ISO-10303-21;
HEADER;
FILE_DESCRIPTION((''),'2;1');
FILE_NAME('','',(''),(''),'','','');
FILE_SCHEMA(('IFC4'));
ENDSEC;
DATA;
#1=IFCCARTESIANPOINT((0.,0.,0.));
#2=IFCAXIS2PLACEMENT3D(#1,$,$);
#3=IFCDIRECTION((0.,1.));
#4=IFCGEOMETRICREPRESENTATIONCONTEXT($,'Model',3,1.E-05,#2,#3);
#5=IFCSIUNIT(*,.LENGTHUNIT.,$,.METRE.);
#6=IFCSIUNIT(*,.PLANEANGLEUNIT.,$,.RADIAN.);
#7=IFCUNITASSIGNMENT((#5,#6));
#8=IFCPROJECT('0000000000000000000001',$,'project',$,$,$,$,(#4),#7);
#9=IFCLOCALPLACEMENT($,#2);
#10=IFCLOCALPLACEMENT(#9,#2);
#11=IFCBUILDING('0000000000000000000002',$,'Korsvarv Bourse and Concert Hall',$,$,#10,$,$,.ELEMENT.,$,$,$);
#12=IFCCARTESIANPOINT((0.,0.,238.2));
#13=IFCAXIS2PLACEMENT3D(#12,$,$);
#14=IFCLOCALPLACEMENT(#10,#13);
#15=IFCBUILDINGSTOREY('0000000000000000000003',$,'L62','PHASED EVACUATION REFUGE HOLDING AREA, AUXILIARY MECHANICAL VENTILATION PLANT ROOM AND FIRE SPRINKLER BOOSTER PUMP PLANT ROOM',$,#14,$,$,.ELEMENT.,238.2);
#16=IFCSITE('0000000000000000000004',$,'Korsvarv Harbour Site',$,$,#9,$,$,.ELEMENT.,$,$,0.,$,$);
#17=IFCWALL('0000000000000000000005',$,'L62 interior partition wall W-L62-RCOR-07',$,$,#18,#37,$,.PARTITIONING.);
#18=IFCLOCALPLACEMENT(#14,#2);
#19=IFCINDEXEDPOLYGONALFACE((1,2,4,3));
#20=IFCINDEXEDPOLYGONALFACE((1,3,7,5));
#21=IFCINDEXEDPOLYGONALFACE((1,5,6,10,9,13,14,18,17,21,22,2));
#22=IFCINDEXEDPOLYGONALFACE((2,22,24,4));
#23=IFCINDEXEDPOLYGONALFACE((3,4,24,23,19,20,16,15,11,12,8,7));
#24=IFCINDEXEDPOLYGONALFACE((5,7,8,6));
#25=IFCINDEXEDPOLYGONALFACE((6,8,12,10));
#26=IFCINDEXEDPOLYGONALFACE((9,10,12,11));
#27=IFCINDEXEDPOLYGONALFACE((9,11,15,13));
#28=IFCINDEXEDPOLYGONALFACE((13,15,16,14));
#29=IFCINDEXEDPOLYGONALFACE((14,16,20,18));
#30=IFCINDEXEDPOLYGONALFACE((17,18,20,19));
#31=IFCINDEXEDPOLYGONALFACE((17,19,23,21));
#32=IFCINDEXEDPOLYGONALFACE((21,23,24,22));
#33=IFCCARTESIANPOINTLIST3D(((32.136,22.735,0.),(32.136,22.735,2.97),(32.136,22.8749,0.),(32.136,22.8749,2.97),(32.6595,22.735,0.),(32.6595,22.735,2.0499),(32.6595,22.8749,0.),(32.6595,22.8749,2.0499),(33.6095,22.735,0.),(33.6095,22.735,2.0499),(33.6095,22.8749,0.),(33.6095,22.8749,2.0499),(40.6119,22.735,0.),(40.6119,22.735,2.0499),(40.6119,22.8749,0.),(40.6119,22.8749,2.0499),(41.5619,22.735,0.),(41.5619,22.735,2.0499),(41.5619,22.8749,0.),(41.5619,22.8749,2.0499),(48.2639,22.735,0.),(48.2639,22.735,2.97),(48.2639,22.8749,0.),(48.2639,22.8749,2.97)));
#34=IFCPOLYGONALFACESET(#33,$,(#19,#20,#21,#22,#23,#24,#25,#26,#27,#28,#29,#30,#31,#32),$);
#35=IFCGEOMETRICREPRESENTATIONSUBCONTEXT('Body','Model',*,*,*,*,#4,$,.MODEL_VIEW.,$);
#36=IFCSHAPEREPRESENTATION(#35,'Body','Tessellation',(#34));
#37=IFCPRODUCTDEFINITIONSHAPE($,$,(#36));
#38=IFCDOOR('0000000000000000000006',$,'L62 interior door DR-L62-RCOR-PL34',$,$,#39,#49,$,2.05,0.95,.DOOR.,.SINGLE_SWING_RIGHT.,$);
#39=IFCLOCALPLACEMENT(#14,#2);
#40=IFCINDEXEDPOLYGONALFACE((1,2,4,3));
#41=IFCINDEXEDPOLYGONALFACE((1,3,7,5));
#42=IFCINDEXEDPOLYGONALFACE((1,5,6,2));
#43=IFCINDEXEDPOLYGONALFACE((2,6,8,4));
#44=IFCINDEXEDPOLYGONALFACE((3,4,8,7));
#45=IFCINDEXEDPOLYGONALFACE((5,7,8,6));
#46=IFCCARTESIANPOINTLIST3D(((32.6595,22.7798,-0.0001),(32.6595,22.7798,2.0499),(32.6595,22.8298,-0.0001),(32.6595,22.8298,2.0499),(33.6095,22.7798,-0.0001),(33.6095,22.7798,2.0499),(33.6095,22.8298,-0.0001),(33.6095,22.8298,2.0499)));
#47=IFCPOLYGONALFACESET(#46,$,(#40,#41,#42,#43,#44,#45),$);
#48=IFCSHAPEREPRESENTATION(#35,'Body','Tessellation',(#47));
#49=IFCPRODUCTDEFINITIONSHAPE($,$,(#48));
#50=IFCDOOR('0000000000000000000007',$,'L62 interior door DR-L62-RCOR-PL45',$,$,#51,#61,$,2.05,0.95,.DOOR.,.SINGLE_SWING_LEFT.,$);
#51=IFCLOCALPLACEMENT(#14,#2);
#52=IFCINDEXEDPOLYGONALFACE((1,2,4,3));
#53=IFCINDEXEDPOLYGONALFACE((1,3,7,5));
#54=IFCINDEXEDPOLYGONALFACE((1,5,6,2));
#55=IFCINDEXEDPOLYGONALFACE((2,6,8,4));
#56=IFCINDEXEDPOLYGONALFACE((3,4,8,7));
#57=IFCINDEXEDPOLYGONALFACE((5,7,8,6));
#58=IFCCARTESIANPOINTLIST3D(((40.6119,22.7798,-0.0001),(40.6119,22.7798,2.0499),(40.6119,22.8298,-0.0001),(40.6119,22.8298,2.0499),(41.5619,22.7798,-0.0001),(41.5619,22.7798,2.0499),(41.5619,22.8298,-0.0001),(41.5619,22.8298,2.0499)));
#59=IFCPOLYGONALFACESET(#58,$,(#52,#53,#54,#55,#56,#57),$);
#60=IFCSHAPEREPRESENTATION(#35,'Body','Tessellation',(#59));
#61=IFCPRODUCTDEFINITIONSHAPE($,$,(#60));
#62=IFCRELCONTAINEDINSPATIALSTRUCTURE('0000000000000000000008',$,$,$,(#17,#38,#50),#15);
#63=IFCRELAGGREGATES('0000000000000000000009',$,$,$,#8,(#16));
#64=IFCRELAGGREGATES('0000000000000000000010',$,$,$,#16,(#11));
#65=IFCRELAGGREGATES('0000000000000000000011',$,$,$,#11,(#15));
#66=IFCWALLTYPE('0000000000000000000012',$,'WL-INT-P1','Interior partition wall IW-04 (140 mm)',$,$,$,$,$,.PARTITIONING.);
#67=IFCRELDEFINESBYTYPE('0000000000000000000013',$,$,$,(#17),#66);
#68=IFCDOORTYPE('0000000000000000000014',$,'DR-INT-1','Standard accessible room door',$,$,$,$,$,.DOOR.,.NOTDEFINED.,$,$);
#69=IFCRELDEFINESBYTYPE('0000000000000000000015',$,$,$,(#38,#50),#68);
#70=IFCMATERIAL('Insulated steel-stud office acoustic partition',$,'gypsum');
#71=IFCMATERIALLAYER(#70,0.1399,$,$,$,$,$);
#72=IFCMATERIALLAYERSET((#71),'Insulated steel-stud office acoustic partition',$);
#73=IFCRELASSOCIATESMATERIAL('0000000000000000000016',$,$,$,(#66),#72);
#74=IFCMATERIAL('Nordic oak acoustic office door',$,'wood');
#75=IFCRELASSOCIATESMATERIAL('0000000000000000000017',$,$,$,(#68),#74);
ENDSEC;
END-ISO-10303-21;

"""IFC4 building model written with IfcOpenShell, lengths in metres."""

from ifc_helpers import new_model, si_unit, direction, frame, frame_2d, origin, place, context, subcontext, project, spatial, rectangle, extrude, material, layer, layer_set, type_object, element, fill, save


model = new_model("IFC4")

# Units and contexts
model_context = context("Model", 3, precision=1e-05, world=origin(), true_north=direction((0.0, 1.0)))
body_context = subcontext(model_context, "Body", "Model", "MODEL_VIEW")
ifc_project = project(units=[si_unit("LENGTHUNIT", "METRE"), si_unit("PLANEANGLEUNIT", "RADIAN")], contexts=[model_context])

# Site, building, storey
site_placement = place(None, origin())
site = spatial("IfcSite", under=ifc_project, at=site_placement, Name="Korsvarv Harbour Site", CompositionType="ELEMENT", RefElevation=0.0)
building_placement = place(site_placement, origin())
building = spatial("IfcBuilding", under=site, at=building_placement, Name="Korsvarv Bourse and Concert Hall", CompositionType="ELEMENT")
storey_placement = place(building_placement, frame((0.0, 0.0, 238.2)))
storey = spatial("IfcBuildingStorey", under=building, at=storey_placement, Name="L62", Description="PHASED EVACUATION REFUGE HOLDING AREA, AUXILIARY MECHANICAL VENTILATION PLANT ROOM AND FIRE SPRINKLER BOOSTER PUMP PLANT ROOM", CompositionType="ELEMENT", Elevation=238.2)

# Shared definitions
ifc_material_1 = material(Name="Insulated steel-stud office acoustic partition", Category="gypsum")
ifc_layer_1 = layer(ifc_material_1, 0.1399)
ifc_layer_set_1 = layer_set([ifc_layer_1], Name="Insulated steel-stud office acoustic partition")
wall_type_1 = type_object("IfcWallType", Name="WL-INT-P1", Description="Interior partition wall IW-04 (140 mm)", PredefinedType="PARTITIONING", material=ifc_layer_set_1)

# Wall, openings, doors
wall_1_placement = place(storey_placement, frame((32.136, 22.8049, 0.0), z_axis=(0.0, 0.0, 1.0), x_axis=(1.0, 0.0, 0.0)))
wall_1 = element("IfcWall", 1, at=wall_1_placement, inside=storey, type_object=wall_type_1, Name="L62 interior partition wall W-L62-RCOR-07", PredefinedType="PARTITIONING", context=body_context, shape_type="SweptSolid", body=[
    extrude(rectangle(XDim=16.1279, YDim=0.1399, at=frame_2d((8.064, 0.0))), origin(), (0.0, 0.0, 1.0), 2.97),
])
opening_1_placement = place(wall_1_placement, frame((0.5234, 0.0, 0.0)))
opening_1 = element("IfcOpeningElement", 2, at=opening_1_placement, cuts=wall_1, PredefinedType="OPENING", context=body_context, shape_type="SweptSolid", body=[
    extrude(rectangle(XDim=0.95, YDim=2.05, at=frame_2d((0.4751, 1.0249))), frame((0.0, 0.0801, 0.0), z_axis=(0.0, -1.0, 0.0), x_axis=(1.0, 0.0, 0.0)), (0.0, 0.0, 1.0), 0.1599),
])
opening_2_placement = place(wall_1_placement, frame((8.4758, 0.0, 0.0)))
opening_2 = element("IfcOpeningElement", 3, at=opening_2_placement, cuts=wall_1, PredefinedType="OPENING", context=body_context, shape_type="SweptSolid", body=[
    extrude(rectangle(XDim=0.95, YDim=2.05, at=frame_2d((0.4751, 1.0249))), frame((0.0, 0.0801, 0.0), z_axis=(0.0, -1.0, 0.0), x_axis=(1.0, 0.0, 0.0)), (0.0, 0.0, 1.0), 0.1599),
])
ifc_material_2 = material(Name="Nordic oak acoustic office door", Category="wood")
door_type = type_object("IfcDoorType", Name="DR-INT-1", Description="Standard accessible room door", OperationType="NOTDEFINED", PredefinedType="DOOR", material=ifc_material_2)
door_1_placement = place(opening_1_placement, origin())
door_1 = element("IfcDoor", 4, at=door_1_placement, inside=storey, type_object=door_type, Name="L62 interior door DR-L62-RCOR-PL34", OperationType="SINGLE_SWING_RIGHT", OverallHeight=2.05, OverallWidth=0.95, PredefinedType="DOOR", context=body_context, shape_type="SweptSolid", body=[
    extrude(rectangle(XDim=0.95, YDim=2.05, at=frame_2d((0.4751, 1.0249))), frame((0.0, 0.0249, 0.0), z_axis=(0.0, -1.0, 0.0), x_axis=(1.0, 0.0, 0.0)), (0.0, 0.0, 1.0), 0.05),
])
fill(opening_1, door_1)
door_2_placement = place(opening_2_placement, origin())
door_2 = element("IfcDoor", 5, at=door_2_placement, inside=storey, type_object=door_type, Name="L62 interior door DR-L62-RCOR-PL45", OperationType="SINGLE_SWING_LEFT", OverallHeight=2.05, OverallWidth=0.95, PredefinedType="DOOR", context=body_context, shape_type="SweptSolid", body=[
    extrude(rectangle(XDim=0.95, YDim=2.05, at=frame_2d((0.4751, 1.0249))), frame((0.0, 0.0249, 0.0), z_axis=(0.0, -1.0, 0.0), x_axis=(1.0, 0.0, 0.0)), (0.0, 0.0, 1.0), 0.05),
])
fill(opening_2, door_2)

save(model, "model.ifc")
